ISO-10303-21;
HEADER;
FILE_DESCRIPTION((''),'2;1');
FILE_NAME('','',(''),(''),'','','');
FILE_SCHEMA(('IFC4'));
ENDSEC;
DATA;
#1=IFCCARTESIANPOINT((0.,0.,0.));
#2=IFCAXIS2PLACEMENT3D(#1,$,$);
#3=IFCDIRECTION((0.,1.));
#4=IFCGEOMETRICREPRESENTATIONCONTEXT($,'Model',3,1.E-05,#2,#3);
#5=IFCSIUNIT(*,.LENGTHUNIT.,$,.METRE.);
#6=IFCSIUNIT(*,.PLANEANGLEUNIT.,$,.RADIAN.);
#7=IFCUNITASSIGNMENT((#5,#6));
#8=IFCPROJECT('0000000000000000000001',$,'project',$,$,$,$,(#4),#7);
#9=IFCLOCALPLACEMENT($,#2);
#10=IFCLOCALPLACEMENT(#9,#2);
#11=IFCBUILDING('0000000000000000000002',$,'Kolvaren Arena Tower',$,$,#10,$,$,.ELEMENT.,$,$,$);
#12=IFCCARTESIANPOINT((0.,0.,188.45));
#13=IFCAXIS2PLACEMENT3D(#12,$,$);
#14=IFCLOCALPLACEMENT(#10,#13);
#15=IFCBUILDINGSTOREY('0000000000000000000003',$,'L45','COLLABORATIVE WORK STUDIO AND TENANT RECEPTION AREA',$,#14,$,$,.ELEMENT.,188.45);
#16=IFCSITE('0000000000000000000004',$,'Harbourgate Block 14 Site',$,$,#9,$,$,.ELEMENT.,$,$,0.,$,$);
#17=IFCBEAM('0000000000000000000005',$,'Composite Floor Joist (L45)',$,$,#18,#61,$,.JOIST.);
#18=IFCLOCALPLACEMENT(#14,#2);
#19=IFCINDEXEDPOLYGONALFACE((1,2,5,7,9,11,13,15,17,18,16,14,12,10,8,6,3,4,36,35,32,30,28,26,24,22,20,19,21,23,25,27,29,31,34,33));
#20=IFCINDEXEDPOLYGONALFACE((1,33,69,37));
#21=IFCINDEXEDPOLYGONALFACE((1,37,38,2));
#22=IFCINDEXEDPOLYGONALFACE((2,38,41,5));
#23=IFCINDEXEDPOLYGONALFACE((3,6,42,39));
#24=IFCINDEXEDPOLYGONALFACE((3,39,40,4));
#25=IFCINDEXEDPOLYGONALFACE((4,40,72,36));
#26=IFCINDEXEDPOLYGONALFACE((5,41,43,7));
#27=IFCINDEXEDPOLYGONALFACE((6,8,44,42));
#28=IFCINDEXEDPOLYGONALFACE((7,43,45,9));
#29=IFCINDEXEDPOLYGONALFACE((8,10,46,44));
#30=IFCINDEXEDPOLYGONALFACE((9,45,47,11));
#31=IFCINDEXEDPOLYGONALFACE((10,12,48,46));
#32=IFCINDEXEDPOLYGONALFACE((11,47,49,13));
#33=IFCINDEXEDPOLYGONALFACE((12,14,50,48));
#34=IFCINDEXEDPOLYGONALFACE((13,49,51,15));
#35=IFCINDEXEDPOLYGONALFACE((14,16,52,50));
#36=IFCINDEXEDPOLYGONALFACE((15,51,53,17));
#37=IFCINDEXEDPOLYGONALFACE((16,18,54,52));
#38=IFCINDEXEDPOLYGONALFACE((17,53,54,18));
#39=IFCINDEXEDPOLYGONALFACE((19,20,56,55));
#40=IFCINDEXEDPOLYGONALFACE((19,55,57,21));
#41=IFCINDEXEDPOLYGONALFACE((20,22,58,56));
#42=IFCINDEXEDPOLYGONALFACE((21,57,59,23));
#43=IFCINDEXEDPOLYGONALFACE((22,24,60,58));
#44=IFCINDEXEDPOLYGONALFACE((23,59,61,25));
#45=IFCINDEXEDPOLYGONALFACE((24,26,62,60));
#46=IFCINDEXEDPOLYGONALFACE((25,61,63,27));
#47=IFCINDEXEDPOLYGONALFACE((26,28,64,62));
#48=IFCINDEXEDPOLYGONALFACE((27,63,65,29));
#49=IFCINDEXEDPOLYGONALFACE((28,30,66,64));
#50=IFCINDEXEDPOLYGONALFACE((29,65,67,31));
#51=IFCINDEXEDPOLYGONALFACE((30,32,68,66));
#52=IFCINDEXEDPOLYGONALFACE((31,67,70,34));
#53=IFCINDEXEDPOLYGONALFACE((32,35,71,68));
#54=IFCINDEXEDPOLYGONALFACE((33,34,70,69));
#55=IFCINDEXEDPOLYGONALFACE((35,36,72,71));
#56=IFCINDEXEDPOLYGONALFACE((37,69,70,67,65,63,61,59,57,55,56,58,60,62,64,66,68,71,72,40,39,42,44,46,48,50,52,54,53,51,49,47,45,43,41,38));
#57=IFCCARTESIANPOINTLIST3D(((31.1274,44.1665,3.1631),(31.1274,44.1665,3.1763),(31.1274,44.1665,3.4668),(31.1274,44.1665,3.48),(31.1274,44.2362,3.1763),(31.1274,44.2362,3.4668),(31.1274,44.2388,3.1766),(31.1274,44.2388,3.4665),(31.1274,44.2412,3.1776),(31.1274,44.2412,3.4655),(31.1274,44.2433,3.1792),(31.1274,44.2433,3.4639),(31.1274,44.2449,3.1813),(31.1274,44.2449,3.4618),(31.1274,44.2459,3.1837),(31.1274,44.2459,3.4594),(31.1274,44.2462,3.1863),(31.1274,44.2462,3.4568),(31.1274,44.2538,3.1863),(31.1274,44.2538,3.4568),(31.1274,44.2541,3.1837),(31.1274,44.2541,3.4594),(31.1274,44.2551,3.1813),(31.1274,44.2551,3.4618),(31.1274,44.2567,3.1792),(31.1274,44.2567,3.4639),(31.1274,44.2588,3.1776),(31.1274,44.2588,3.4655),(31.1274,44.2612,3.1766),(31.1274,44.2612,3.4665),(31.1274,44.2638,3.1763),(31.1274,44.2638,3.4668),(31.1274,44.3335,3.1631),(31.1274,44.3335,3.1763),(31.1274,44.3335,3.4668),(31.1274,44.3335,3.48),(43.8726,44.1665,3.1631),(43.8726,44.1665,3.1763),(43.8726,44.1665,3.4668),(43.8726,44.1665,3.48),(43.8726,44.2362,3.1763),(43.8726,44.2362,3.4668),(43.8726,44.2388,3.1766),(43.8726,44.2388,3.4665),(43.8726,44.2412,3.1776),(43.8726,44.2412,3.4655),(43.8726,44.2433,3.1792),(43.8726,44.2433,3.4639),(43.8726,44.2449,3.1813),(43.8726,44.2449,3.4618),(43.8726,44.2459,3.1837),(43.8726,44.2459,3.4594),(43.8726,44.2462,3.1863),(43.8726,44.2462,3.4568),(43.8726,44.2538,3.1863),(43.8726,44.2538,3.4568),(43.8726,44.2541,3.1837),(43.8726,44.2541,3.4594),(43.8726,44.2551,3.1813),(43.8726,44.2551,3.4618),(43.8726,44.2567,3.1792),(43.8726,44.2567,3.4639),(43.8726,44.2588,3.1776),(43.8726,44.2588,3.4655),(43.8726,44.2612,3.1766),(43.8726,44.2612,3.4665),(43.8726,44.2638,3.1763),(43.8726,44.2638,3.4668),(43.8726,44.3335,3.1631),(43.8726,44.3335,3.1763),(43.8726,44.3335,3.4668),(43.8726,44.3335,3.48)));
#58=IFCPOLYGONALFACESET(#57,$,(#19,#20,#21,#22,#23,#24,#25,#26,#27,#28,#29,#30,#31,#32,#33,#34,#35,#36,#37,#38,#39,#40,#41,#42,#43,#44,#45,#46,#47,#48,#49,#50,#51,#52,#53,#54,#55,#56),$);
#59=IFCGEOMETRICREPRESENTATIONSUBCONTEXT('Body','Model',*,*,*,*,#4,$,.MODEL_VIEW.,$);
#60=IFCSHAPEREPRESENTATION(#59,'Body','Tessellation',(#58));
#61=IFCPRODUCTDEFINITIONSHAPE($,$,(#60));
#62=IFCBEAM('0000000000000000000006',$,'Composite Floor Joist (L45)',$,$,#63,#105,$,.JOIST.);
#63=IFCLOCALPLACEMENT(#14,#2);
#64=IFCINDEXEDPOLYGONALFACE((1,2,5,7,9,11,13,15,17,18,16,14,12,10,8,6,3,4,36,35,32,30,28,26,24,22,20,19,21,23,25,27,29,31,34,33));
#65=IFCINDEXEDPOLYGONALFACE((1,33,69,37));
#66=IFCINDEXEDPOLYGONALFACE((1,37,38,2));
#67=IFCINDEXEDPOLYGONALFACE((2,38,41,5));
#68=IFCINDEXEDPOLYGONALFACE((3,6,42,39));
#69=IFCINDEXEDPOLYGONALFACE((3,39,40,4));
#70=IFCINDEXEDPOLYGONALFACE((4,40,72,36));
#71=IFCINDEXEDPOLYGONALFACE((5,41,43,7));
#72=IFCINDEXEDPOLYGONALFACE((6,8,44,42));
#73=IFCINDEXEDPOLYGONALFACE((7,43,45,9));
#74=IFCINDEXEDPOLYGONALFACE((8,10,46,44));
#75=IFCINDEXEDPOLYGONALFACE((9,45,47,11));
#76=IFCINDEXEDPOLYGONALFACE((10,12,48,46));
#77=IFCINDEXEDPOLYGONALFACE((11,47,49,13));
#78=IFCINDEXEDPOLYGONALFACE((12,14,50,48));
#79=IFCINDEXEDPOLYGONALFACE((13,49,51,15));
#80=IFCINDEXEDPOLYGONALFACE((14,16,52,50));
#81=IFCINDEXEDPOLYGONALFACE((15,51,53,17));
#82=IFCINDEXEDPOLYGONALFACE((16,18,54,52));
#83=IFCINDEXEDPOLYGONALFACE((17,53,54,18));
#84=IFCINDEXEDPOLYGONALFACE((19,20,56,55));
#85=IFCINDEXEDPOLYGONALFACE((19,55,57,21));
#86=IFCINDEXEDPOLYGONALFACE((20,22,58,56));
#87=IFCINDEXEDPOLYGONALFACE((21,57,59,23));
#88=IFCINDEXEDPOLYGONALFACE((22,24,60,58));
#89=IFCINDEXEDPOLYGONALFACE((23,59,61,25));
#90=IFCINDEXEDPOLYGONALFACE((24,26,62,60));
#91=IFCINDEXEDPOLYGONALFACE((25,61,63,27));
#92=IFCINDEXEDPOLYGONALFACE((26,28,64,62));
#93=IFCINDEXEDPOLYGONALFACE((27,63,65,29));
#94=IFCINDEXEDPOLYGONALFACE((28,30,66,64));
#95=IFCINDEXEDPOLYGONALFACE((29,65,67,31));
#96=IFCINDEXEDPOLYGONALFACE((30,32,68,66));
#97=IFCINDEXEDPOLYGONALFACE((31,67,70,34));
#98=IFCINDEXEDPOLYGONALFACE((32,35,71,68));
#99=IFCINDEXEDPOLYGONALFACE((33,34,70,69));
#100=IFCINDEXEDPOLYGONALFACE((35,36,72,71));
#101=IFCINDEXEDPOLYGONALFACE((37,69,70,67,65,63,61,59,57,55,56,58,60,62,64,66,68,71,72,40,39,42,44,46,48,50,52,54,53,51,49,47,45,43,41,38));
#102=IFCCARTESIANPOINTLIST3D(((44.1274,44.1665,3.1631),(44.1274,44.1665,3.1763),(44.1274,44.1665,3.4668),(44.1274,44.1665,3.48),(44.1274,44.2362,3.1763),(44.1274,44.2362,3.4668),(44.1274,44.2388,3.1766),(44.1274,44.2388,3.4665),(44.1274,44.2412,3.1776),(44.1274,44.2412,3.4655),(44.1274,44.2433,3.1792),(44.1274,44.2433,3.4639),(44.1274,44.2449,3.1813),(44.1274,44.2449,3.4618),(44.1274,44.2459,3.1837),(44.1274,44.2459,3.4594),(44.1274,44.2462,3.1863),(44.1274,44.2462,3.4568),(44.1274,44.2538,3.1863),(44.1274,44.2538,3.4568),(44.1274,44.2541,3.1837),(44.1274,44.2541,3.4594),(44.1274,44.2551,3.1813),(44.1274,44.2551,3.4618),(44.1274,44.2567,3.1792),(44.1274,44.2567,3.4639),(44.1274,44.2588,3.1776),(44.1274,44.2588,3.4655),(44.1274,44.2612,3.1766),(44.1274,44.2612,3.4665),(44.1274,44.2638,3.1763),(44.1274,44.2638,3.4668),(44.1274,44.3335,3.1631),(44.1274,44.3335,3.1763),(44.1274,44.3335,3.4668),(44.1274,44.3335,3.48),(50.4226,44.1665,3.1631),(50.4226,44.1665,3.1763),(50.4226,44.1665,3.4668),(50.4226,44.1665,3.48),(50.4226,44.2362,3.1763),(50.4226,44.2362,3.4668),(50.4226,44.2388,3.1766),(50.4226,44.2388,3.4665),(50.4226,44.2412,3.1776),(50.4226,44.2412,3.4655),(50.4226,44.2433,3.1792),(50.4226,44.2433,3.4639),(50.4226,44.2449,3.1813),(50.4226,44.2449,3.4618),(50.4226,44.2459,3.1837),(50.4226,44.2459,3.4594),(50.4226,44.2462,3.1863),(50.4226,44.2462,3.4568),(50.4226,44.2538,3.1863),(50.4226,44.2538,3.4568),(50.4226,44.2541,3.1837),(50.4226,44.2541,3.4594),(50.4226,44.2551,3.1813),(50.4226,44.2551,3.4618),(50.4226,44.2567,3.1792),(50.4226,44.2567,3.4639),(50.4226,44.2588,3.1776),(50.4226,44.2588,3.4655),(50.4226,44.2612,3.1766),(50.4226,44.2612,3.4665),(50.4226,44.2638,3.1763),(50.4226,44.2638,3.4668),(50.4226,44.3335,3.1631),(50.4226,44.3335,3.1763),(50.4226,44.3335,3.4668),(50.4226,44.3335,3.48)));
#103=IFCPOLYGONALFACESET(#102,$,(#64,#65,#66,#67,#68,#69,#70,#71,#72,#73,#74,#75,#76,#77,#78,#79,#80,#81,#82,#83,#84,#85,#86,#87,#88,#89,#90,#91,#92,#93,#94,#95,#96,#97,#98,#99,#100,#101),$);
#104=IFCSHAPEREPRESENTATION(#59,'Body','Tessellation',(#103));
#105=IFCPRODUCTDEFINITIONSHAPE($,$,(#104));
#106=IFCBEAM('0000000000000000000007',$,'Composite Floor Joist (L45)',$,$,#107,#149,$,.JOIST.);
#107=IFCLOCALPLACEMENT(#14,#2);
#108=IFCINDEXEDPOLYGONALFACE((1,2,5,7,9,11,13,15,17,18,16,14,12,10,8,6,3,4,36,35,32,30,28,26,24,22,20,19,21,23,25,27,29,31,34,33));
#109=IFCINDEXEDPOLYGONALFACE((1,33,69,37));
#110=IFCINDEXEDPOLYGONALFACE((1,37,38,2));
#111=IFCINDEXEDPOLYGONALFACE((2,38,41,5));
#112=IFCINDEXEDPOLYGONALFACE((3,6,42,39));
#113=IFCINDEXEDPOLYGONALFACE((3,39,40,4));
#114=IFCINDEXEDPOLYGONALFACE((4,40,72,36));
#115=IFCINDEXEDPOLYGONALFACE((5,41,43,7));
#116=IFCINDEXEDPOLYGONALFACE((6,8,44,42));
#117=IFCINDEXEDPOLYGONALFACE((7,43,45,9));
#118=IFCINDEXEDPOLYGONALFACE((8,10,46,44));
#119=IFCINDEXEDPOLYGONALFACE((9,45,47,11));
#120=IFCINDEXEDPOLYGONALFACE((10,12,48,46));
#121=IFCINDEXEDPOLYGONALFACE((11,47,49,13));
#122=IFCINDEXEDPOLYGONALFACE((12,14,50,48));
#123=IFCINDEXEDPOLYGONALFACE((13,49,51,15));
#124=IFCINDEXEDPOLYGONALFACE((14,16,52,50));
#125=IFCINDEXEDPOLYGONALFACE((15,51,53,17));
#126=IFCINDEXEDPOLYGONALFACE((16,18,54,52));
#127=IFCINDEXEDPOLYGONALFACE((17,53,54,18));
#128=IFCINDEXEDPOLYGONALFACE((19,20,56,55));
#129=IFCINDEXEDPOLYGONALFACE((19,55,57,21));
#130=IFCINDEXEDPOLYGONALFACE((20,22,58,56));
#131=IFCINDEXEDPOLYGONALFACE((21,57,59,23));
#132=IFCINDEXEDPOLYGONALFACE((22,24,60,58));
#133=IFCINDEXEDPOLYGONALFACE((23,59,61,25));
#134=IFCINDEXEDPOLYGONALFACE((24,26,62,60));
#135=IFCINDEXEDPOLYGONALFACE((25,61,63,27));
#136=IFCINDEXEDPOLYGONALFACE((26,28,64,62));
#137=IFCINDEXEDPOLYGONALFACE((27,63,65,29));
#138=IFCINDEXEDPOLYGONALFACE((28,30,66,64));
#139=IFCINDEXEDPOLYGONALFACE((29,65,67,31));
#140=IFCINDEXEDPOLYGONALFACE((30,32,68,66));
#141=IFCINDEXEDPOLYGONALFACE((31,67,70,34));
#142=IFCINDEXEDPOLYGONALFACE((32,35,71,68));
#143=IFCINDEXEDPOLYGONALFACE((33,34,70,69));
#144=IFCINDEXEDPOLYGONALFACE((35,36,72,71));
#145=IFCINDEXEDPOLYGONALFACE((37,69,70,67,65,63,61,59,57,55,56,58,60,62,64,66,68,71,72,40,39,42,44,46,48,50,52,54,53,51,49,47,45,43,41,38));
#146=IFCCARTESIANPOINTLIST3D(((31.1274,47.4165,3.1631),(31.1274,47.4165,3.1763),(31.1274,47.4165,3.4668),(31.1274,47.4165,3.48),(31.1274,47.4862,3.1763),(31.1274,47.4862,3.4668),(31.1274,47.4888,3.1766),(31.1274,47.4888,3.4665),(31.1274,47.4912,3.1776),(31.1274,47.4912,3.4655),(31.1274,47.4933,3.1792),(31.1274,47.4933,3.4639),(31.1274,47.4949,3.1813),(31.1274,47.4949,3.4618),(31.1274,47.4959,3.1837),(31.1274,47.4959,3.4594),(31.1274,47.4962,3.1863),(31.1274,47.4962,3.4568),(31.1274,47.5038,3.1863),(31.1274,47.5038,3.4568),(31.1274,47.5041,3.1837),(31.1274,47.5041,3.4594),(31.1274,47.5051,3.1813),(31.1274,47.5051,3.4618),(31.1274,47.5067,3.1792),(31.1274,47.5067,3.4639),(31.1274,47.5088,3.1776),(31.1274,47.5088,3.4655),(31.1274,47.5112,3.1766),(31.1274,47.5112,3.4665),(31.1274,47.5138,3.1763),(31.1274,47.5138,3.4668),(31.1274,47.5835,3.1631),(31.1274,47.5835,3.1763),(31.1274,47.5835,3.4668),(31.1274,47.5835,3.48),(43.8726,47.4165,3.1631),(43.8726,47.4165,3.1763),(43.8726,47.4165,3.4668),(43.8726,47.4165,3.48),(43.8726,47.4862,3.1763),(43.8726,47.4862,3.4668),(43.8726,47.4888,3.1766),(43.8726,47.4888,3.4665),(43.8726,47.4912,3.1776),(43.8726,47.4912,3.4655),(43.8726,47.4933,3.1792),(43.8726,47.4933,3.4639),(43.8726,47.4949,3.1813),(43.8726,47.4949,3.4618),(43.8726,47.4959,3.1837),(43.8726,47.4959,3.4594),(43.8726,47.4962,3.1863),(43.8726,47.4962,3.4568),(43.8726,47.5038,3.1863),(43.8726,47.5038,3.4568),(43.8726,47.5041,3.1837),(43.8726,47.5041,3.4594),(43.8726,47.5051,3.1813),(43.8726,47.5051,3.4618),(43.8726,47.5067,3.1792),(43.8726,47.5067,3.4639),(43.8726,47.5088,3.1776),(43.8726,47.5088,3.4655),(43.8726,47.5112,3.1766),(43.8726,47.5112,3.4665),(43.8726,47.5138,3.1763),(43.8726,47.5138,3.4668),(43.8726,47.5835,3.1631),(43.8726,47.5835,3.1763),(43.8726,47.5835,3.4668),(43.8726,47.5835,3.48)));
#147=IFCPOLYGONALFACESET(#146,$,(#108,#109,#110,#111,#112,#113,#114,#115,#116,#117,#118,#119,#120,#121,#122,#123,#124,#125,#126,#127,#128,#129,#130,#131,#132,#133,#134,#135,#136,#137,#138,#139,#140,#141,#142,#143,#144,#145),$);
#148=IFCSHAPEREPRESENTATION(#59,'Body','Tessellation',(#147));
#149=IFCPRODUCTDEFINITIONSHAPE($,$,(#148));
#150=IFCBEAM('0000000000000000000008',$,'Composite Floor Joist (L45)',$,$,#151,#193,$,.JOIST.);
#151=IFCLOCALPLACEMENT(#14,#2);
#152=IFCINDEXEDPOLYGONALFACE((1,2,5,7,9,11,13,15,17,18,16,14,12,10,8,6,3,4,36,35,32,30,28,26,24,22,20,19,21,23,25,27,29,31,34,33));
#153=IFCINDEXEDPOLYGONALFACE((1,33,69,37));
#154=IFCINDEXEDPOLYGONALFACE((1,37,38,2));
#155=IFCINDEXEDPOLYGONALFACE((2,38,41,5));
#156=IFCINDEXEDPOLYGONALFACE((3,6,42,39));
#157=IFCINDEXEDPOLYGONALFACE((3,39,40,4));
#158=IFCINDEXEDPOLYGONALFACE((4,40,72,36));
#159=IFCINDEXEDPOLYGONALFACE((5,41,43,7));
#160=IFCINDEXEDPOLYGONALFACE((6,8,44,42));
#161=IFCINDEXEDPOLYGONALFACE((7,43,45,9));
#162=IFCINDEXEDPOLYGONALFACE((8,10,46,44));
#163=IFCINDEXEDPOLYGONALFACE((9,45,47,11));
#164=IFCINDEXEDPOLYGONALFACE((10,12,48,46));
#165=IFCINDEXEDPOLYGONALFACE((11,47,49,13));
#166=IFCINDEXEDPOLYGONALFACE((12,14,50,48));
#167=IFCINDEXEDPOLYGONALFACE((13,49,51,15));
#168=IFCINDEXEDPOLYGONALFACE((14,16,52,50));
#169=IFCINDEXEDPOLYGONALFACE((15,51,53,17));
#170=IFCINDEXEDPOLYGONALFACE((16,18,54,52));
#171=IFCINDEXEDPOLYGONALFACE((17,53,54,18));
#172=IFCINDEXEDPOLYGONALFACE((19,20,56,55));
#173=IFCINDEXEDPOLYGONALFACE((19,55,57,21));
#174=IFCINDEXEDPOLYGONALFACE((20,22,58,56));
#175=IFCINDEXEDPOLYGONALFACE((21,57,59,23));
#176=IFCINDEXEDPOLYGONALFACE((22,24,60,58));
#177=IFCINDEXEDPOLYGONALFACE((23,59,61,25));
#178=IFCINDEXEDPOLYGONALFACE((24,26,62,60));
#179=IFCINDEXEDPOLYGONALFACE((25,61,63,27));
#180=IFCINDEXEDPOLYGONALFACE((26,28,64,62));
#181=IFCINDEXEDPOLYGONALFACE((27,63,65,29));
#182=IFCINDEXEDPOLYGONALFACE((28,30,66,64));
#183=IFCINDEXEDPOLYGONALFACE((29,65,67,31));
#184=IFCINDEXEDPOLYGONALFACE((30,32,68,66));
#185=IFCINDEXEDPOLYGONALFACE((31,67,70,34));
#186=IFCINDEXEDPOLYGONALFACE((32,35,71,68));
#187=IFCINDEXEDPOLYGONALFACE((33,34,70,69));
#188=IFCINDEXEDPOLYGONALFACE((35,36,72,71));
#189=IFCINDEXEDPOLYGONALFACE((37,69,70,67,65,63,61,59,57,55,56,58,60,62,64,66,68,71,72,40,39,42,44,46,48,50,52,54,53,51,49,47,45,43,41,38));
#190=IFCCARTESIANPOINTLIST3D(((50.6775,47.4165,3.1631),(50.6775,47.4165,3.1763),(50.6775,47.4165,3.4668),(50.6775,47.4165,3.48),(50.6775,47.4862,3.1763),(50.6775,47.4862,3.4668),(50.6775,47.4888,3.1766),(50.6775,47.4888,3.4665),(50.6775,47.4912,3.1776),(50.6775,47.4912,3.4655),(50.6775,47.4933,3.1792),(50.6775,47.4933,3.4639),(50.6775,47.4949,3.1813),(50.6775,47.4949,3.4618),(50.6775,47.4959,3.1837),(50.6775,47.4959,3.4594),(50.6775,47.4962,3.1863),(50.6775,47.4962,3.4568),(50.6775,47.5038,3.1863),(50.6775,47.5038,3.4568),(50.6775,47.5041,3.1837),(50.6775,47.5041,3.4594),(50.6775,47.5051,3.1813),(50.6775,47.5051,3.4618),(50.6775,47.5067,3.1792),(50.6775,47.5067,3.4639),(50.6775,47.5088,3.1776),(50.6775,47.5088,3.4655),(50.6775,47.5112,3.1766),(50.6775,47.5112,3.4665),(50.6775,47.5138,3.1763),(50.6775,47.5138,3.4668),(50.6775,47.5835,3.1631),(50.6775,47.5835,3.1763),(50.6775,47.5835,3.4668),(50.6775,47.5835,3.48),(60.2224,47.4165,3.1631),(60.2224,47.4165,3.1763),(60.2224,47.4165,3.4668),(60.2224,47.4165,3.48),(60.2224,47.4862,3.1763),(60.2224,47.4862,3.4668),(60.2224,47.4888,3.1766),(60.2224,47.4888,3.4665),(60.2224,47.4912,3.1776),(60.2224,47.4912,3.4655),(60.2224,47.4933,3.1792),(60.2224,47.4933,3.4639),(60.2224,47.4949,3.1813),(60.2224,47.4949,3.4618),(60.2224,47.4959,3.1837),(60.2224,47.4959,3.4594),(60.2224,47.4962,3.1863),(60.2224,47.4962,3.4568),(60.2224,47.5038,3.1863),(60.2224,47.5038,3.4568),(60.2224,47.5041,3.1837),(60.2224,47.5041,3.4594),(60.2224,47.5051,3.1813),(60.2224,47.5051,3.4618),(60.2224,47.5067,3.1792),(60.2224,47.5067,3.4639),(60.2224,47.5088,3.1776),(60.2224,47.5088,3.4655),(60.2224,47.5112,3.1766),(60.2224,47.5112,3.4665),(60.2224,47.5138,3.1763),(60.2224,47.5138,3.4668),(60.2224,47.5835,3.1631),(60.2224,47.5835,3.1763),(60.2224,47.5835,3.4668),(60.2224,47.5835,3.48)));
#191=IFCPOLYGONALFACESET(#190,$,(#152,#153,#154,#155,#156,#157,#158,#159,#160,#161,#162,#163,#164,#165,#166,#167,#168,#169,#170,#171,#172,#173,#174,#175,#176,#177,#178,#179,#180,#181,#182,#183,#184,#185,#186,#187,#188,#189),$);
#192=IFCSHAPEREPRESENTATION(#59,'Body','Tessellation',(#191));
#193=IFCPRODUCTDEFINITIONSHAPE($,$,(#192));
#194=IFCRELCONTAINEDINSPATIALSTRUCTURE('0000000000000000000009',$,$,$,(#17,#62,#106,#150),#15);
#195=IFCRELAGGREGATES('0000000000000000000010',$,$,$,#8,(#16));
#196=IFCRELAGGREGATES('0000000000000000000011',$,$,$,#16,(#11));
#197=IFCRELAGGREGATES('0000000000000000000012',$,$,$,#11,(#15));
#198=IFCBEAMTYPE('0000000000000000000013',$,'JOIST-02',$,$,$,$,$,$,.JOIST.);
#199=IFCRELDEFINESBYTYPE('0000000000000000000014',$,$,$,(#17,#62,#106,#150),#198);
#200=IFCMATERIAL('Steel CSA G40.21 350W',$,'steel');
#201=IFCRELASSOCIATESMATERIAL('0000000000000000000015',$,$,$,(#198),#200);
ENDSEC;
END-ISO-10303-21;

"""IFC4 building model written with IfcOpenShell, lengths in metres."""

from ifc_helpers import new_model, si_unit, direction, frame, origin, origin_2d, place, context, subcontext, project, spatial, i_section, extrude, material, material_profile, profile_set, type_object, element, save


model = new_model("IFC4")

# Units and contexts
model_context = context("Model", 3, precision=1e-05, world=origin(), true_north=direction((0.0, 1.0)))
body_context = subcontext(model_context, "Body", "Model", "MODEL_VIEW")
ifc_project = project(units=[si_unit("LENGTHUNIT", "METRE"), si_unit("PLANEANGLEUNIT", "RADIAN")], contexts=[model_context])

# Site, building, storey
site_placement = place(None, origin())
site = spatial("IfcSite", under=ifc_project, at=site_placement, Name="Harbourgate Block 14 Site", CompositionType="ELEMENT", RefElevation=0.0)
building_placement = place(site_placement, origin())
building = spatial("IfcBuilding", under=site, at=building_placement, Name="Kolvaren Arena Tower", CompositionType="ELEMENT")
storey_placement = place(building_placement, frame((0.0, 0.0, 188.45)))
storey = spatial("IfcBuildingStorey", under=building, at=storey_placement, Name="L45", Description="COLLABORATIVE WORK STUDIO AND TENANT RECEPTION AREA", CompositionType="ELEMENT", Elevation=188.45)

# Beams
ifc_material_1 = material(Name="Steel CSA G40.21 350W", Category="steel")
ifc_material_profile_1 = material_profile(ifc_material_1, i_section(OverallWidth=0.167, OverallDepth=0.3169, WebThickness=0.0076, FlangeThickness=0.0132, FilletRadius=0.01, at=origin_2d()), Name="W310x52")
ifc_profile_set_1 = profile_set([ifc_material_profile_1], Name="Steel CSA G40.21 350W")
beam_type_1 = type_object("IfcBeamType", Name="JOIST-02", PredefinedType="JOIST", material=ifc_profile_set_1)
beam_1_placement = place(storey_placement, frame((31.1274, 44.25, 3.3215), z_axis=(1.0, 0.0, 0.0), x_axis=(0.0, 1.0, 0.0)))
element("IfcBeam", 1, at=beam_1_placement, inside=storey, type_object=beam_type_1, Name="Composite Floor Joist (L45)", PredefinedType="JOIST", context=body_context, shape_type="SweptSolid", body=[
    extrude(i_section(OverallWidth=0.167, OverallDepth=0.3169, WebThickness=0.0076, FlangeThickness=0.0132, FilletRadius=0.01, at=origin_2d()), origin(), (0.0, 0.0, 1.0), 12.7451),
])
beam_2_placement = place(storey_placement, frame((44.1274, 44.25, 3.3215), z_axis=(1.0, 0.0, 0.0), x_axis=(0.0, 1.0, 0.0)))
element("IfcBeam", 2, at=beam_2_placement, inside=storey, type_object=beam_type_1, Name="Composite Floor Joist (L45)", PredefinedType="JOIST", context=body_context, shape_type="SweptSolid", body=[
    extrude(i_section(OverallWidth=0.167, OverallDepth=0.3169, WebThickness=0.0076, FlangeThickness=0.0132, FilletRadius=0.01, at=origin_2d()), origin(), (0.0, 0.0, 1.0), 6.2952),
])
beam_3_placement = place(storey_placement, frame((31.1274, 47.5, 3.3215), z_axis=(1.0, 0.0, 0.0), x_axis=(0.0, 1.0, 0.0)))
element("IfcBeam", 3, at=beam_3_placement, inside=storey, type_object=beam_type_1, Name="Composite Floor Joist (L45)", PredefinedType="JOIST", context=body_context, shape_type="SweptSolid", body=[
    extrude(i_section(OverallWidth=0.167, OverallDepth=0.3169, WebThickness=0.0076, FlangeThickness=0.0132, FilletRadius=0.01, at=origin_2d()), origin(), (0.0, 0.0, 1.0), 12.7451),
])
beam_4_placement = place(storey_placement, frame((50.6775, 47.5, 3.3215), z_axis=(1.0, 0.0, 0.0), x_axis=(0.0, 1.0, 0.0)))
element("IfcBeam", 4, at=beam_4_placement, inside=storey, type_object=beam_type_1, Name="Composite Floor Joist (L45)", PredefinedType="JOIST", context=body_context, shape_type="SweptSolid", body=[
    extrude(i_section(OverallWidth=0.167, OverallDepth=0.3169, WebThickness=0.0076, FlangeThickness=0.0132, FilletRadius=0.01, at=origin_2d()), origin(), (0.0, 0.0, 1.0), 9.5449),
])

save(model, "model.ifc")
